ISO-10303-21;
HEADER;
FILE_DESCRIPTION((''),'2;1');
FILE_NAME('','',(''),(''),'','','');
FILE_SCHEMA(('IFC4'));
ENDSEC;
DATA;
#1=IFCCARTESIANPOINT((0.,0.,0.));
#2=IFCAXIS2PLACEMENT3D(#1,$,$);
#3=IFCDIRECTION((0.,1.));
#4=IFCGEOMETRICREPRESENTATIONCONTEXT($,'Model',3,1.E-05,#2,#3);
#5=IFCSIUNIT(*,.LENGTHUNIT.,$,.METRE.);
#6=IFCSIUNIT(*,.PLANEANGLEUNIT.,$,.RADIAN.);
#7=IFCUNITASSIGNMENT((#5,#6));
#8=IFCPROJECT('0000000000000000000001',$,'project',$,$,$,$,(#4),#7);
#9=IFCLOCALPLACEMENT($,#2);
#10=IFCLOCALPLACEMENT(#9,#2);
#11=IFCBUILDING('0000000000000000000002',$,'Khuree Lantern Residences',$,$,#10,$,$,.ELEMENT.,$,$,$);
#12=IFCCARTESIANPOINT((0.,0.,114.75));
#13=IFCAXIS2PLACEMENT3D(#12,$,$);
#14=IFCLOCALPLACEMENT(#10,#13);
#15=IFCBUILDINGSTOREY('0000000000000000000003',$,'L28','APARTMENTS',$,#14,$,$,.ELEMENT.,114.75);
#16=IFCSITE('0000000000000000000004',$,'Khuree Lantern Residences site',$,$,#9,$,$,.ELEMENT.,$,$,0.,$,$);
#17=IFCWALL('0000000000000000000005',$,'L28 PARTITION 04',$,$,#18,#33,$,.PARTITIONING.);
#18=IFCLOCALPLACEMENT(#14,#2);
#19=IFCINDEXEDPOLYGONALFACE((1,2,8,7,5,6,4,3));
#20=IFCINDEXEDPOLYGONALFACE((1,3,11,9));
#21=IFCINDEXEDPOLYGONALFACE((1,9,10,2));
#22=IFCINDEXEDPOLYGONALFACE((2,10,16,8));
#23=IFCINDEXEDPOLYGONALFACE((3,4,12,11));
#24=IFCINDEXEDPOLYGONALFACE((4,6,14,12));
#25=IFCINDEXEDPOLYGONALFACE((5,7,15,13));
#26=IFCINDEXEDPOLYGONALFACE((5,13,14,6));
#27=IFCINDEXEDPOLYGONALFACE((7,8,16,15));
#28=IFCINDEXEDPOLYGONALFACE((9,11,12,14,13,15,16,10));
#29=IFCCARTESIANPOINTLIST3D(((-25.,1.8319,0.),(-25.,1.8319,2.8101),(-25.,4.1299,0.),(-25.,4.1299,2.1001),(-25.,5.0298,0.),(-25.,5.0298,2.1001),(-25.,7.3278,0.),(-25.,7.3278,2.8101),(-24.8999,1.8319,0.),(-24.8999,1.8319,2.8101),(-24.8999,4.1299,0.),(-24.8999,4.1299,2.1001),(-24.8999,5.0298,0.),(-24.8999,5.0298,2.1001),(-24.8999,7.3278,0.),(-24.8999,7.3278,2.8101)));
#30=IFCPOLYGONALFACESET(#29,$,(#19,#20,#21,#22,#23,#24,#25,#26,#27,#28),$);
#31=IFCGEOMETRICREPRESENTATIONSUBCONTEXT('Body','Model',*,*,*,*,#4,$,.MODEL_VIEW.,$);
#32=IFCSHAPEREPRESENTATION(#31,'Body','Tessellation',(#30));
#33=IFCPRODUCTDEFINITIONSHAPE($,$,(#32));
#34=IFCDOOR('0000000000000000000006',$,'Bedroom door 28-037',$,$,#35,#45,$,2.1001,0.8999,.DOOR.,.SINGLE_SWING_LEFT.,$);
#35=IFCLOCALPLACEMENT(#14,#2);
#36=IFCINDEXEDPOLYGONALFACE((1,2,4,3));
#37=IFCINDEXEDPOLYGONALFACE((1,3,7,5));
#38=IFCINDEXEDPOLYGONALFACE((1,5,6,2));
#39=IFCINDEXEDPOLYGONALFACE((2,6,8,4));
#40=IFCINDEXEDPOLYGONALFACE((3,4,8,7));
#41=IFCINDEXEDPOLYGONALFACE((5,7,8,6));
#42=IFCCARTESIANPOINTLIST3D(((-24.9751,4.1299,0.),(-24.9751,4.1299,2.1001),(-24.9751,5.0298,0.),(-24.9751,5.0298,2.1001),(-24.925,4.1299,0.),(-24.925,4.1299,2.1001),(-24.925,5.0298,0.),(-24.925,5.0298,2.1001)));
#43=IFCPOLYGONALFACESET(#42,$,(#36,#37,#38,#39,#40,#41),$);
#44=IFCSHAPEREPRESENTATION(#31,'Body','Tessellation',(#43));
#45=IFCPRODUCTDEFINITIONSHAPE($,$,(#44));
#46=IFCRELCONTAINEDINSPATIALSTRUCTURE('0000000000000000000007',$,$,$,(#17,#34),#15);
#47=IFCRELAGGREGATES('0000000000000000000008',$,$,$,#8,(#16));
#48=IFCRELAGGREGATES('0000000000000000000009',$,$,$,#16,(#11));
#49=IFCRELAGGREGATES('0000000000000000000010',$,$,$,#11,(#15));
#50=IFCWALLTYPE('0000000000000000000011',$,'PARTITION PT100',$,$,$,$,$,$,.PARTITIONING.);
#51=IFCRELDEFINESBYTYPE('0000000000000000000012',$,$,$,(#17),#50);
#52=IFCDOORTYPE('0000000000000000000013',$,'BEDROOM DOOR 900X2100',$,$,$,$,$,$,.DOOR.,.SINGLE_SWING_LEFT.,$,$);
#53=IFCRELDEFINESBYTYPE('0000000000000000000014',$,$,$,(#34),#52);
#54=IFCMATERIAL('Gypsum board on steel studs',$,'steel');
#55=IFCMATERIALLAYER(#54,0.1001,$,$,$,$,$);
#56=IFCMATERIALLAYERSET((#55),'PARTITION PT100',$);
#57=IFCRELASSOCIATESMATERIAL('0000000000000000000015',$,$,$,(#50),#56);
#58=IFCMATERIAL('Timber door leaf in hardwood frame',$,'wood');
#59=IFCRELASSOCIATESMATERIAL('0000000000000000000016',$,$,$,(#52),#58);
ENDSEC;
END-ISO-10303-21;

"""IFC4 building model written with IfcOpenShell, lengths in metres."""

from ifc_helpers import new_model, si_unit, direction, frame, frame_2d, origin, place, context, subcontext, project, spatial, rectangle, extrude, material, layer, layer_set, type_object, element, fill, save


model = new_model("IFC4")

# Units and contexts
model_context = context("Model", 3, precision=1e-05, world=origin(), true_north=direction((0.0, 1.0)))
body_context = subcontext(model_context, "Body", "Model", "MODEL_VIEW")
ifc_project = project(units=[si_unit("LENGTHUNIT", "METRE"), si_unit("PLANEANGLEUNIT", "RADIAN")], contexts=[model_context])

# Site, building, storey
site_placement = place(None, origin())
site = spatial("IfcSite", under=ifc_project, at=site_placement, Name="Khuree Lantern Residences site", CompositionType="ELEMENT", RefElevation=0.0)
building_placement = place(site_placement, origin())
building = spatial("IfcBuilding", under=site, at=building_placement, Name="Khuree Lantern Residences", CompositionType="ELEMENT")
storey_placement = place(building_placement, frame((0.0, 0.0, 114.75)))
storey = spatial("IfcBuildingStorey", under=building, at=storey_placement, Name="L28", Description="APARTMENTS", CompositionType="ELEMENT", Elevation=114.75)

# Shared definitions
ifc_material_1 = material(Name="Timber door leaf in hardwood frame", Category="wood")

# Shared definitions
ifc_material_2 = material(Name="Gypsum board on steel studs", Category="steel")
ifc_layer_1 = layer(ifc_material_2, 0.1001)
ifc_layer_set_1 = layer_set([ifc_layer_1], Name="PARTITION PT100")
wall_type_1 = type_object("IfcWallType", Name="PARTITION PT100", PredefinedType="PARTITIONING", material=ifc_layer_set_1)

# Wall, opening, door
door_type_1 = type_object("IfcDoorType", Name="BEDROOM DOOR 900X2100", OperationType="SINGLE_SWING_LEFT", PredefinedType="DOOR", material=ifc_material_1)
wall_1_placement = place(storey_placement, frame((-24.95, 7.3279, 0.0), z_axis=(0.0, 0.0, 1.0), x_axis=(0.0, -1.0, 0.0)))
wall_1 = element("IfcWall", 1, at=wall_1_placement, inside=storey, type_object=wall_type_1, Name="L28 PARTITION 04", PredefinedType="PARTITIONING", context=body_context, shape_type="SweptSolid", body=[
    extrude(rectangle(XDim=5.4958, YDim=0.1001, at=frame_2d((2.748, 0.0))), origin(), (0.0, 0.0, 1.0), 2.8101),
])
opening_1_placement = place(wall_1_placement, frame((2.2981, 0.0, 0.0)))
opening_1 = element("IfcOpeningElement", 2, at=opening_1_placement, cuts=wall_1, PredefinedType="OPENING", context=body_context, shape_type="SweptSolid", body=[
    extrude(rectangle(XDim=0.8999, YDim=2.1001, at=frame_2d((0.45, 1.05))), frame((0.0, 0.0601, 0.0), z_axis=(0.0, -1.0, 0.0), x_axis=(1.0, 0.0, 0.0)), (0.0, 0.0, 1.0), 0.1201),
])
door_1_placement = place(opening_1_placement, origin())
door_1 = element("IfcDoor", 3, at=door_1_placement, inside=storey, type_object=door_type_1, Name="Bedroom door 28-037", OperationType="SINGLE_SWING_LEFT", OverallHeight=2.1001, OverallWidth=0.8999, PredefinedType="DOOR", context=body_context, shape_type="SweptSolid", body=[
    extrude(rectangle(XDim=0.8999, YDim=2.1001, at=frame_2d((0.45, 1.05))), frame((0.0, 0.0249, 0.0), z_axis=(0.0, -1.0, 0.0), x_axis=(1.0, 0.0, 0.0)), (0.0, 0.0, 1.0), 0.05),
])
fill(opening_1, door_1)

save(model, "model.ifc")
